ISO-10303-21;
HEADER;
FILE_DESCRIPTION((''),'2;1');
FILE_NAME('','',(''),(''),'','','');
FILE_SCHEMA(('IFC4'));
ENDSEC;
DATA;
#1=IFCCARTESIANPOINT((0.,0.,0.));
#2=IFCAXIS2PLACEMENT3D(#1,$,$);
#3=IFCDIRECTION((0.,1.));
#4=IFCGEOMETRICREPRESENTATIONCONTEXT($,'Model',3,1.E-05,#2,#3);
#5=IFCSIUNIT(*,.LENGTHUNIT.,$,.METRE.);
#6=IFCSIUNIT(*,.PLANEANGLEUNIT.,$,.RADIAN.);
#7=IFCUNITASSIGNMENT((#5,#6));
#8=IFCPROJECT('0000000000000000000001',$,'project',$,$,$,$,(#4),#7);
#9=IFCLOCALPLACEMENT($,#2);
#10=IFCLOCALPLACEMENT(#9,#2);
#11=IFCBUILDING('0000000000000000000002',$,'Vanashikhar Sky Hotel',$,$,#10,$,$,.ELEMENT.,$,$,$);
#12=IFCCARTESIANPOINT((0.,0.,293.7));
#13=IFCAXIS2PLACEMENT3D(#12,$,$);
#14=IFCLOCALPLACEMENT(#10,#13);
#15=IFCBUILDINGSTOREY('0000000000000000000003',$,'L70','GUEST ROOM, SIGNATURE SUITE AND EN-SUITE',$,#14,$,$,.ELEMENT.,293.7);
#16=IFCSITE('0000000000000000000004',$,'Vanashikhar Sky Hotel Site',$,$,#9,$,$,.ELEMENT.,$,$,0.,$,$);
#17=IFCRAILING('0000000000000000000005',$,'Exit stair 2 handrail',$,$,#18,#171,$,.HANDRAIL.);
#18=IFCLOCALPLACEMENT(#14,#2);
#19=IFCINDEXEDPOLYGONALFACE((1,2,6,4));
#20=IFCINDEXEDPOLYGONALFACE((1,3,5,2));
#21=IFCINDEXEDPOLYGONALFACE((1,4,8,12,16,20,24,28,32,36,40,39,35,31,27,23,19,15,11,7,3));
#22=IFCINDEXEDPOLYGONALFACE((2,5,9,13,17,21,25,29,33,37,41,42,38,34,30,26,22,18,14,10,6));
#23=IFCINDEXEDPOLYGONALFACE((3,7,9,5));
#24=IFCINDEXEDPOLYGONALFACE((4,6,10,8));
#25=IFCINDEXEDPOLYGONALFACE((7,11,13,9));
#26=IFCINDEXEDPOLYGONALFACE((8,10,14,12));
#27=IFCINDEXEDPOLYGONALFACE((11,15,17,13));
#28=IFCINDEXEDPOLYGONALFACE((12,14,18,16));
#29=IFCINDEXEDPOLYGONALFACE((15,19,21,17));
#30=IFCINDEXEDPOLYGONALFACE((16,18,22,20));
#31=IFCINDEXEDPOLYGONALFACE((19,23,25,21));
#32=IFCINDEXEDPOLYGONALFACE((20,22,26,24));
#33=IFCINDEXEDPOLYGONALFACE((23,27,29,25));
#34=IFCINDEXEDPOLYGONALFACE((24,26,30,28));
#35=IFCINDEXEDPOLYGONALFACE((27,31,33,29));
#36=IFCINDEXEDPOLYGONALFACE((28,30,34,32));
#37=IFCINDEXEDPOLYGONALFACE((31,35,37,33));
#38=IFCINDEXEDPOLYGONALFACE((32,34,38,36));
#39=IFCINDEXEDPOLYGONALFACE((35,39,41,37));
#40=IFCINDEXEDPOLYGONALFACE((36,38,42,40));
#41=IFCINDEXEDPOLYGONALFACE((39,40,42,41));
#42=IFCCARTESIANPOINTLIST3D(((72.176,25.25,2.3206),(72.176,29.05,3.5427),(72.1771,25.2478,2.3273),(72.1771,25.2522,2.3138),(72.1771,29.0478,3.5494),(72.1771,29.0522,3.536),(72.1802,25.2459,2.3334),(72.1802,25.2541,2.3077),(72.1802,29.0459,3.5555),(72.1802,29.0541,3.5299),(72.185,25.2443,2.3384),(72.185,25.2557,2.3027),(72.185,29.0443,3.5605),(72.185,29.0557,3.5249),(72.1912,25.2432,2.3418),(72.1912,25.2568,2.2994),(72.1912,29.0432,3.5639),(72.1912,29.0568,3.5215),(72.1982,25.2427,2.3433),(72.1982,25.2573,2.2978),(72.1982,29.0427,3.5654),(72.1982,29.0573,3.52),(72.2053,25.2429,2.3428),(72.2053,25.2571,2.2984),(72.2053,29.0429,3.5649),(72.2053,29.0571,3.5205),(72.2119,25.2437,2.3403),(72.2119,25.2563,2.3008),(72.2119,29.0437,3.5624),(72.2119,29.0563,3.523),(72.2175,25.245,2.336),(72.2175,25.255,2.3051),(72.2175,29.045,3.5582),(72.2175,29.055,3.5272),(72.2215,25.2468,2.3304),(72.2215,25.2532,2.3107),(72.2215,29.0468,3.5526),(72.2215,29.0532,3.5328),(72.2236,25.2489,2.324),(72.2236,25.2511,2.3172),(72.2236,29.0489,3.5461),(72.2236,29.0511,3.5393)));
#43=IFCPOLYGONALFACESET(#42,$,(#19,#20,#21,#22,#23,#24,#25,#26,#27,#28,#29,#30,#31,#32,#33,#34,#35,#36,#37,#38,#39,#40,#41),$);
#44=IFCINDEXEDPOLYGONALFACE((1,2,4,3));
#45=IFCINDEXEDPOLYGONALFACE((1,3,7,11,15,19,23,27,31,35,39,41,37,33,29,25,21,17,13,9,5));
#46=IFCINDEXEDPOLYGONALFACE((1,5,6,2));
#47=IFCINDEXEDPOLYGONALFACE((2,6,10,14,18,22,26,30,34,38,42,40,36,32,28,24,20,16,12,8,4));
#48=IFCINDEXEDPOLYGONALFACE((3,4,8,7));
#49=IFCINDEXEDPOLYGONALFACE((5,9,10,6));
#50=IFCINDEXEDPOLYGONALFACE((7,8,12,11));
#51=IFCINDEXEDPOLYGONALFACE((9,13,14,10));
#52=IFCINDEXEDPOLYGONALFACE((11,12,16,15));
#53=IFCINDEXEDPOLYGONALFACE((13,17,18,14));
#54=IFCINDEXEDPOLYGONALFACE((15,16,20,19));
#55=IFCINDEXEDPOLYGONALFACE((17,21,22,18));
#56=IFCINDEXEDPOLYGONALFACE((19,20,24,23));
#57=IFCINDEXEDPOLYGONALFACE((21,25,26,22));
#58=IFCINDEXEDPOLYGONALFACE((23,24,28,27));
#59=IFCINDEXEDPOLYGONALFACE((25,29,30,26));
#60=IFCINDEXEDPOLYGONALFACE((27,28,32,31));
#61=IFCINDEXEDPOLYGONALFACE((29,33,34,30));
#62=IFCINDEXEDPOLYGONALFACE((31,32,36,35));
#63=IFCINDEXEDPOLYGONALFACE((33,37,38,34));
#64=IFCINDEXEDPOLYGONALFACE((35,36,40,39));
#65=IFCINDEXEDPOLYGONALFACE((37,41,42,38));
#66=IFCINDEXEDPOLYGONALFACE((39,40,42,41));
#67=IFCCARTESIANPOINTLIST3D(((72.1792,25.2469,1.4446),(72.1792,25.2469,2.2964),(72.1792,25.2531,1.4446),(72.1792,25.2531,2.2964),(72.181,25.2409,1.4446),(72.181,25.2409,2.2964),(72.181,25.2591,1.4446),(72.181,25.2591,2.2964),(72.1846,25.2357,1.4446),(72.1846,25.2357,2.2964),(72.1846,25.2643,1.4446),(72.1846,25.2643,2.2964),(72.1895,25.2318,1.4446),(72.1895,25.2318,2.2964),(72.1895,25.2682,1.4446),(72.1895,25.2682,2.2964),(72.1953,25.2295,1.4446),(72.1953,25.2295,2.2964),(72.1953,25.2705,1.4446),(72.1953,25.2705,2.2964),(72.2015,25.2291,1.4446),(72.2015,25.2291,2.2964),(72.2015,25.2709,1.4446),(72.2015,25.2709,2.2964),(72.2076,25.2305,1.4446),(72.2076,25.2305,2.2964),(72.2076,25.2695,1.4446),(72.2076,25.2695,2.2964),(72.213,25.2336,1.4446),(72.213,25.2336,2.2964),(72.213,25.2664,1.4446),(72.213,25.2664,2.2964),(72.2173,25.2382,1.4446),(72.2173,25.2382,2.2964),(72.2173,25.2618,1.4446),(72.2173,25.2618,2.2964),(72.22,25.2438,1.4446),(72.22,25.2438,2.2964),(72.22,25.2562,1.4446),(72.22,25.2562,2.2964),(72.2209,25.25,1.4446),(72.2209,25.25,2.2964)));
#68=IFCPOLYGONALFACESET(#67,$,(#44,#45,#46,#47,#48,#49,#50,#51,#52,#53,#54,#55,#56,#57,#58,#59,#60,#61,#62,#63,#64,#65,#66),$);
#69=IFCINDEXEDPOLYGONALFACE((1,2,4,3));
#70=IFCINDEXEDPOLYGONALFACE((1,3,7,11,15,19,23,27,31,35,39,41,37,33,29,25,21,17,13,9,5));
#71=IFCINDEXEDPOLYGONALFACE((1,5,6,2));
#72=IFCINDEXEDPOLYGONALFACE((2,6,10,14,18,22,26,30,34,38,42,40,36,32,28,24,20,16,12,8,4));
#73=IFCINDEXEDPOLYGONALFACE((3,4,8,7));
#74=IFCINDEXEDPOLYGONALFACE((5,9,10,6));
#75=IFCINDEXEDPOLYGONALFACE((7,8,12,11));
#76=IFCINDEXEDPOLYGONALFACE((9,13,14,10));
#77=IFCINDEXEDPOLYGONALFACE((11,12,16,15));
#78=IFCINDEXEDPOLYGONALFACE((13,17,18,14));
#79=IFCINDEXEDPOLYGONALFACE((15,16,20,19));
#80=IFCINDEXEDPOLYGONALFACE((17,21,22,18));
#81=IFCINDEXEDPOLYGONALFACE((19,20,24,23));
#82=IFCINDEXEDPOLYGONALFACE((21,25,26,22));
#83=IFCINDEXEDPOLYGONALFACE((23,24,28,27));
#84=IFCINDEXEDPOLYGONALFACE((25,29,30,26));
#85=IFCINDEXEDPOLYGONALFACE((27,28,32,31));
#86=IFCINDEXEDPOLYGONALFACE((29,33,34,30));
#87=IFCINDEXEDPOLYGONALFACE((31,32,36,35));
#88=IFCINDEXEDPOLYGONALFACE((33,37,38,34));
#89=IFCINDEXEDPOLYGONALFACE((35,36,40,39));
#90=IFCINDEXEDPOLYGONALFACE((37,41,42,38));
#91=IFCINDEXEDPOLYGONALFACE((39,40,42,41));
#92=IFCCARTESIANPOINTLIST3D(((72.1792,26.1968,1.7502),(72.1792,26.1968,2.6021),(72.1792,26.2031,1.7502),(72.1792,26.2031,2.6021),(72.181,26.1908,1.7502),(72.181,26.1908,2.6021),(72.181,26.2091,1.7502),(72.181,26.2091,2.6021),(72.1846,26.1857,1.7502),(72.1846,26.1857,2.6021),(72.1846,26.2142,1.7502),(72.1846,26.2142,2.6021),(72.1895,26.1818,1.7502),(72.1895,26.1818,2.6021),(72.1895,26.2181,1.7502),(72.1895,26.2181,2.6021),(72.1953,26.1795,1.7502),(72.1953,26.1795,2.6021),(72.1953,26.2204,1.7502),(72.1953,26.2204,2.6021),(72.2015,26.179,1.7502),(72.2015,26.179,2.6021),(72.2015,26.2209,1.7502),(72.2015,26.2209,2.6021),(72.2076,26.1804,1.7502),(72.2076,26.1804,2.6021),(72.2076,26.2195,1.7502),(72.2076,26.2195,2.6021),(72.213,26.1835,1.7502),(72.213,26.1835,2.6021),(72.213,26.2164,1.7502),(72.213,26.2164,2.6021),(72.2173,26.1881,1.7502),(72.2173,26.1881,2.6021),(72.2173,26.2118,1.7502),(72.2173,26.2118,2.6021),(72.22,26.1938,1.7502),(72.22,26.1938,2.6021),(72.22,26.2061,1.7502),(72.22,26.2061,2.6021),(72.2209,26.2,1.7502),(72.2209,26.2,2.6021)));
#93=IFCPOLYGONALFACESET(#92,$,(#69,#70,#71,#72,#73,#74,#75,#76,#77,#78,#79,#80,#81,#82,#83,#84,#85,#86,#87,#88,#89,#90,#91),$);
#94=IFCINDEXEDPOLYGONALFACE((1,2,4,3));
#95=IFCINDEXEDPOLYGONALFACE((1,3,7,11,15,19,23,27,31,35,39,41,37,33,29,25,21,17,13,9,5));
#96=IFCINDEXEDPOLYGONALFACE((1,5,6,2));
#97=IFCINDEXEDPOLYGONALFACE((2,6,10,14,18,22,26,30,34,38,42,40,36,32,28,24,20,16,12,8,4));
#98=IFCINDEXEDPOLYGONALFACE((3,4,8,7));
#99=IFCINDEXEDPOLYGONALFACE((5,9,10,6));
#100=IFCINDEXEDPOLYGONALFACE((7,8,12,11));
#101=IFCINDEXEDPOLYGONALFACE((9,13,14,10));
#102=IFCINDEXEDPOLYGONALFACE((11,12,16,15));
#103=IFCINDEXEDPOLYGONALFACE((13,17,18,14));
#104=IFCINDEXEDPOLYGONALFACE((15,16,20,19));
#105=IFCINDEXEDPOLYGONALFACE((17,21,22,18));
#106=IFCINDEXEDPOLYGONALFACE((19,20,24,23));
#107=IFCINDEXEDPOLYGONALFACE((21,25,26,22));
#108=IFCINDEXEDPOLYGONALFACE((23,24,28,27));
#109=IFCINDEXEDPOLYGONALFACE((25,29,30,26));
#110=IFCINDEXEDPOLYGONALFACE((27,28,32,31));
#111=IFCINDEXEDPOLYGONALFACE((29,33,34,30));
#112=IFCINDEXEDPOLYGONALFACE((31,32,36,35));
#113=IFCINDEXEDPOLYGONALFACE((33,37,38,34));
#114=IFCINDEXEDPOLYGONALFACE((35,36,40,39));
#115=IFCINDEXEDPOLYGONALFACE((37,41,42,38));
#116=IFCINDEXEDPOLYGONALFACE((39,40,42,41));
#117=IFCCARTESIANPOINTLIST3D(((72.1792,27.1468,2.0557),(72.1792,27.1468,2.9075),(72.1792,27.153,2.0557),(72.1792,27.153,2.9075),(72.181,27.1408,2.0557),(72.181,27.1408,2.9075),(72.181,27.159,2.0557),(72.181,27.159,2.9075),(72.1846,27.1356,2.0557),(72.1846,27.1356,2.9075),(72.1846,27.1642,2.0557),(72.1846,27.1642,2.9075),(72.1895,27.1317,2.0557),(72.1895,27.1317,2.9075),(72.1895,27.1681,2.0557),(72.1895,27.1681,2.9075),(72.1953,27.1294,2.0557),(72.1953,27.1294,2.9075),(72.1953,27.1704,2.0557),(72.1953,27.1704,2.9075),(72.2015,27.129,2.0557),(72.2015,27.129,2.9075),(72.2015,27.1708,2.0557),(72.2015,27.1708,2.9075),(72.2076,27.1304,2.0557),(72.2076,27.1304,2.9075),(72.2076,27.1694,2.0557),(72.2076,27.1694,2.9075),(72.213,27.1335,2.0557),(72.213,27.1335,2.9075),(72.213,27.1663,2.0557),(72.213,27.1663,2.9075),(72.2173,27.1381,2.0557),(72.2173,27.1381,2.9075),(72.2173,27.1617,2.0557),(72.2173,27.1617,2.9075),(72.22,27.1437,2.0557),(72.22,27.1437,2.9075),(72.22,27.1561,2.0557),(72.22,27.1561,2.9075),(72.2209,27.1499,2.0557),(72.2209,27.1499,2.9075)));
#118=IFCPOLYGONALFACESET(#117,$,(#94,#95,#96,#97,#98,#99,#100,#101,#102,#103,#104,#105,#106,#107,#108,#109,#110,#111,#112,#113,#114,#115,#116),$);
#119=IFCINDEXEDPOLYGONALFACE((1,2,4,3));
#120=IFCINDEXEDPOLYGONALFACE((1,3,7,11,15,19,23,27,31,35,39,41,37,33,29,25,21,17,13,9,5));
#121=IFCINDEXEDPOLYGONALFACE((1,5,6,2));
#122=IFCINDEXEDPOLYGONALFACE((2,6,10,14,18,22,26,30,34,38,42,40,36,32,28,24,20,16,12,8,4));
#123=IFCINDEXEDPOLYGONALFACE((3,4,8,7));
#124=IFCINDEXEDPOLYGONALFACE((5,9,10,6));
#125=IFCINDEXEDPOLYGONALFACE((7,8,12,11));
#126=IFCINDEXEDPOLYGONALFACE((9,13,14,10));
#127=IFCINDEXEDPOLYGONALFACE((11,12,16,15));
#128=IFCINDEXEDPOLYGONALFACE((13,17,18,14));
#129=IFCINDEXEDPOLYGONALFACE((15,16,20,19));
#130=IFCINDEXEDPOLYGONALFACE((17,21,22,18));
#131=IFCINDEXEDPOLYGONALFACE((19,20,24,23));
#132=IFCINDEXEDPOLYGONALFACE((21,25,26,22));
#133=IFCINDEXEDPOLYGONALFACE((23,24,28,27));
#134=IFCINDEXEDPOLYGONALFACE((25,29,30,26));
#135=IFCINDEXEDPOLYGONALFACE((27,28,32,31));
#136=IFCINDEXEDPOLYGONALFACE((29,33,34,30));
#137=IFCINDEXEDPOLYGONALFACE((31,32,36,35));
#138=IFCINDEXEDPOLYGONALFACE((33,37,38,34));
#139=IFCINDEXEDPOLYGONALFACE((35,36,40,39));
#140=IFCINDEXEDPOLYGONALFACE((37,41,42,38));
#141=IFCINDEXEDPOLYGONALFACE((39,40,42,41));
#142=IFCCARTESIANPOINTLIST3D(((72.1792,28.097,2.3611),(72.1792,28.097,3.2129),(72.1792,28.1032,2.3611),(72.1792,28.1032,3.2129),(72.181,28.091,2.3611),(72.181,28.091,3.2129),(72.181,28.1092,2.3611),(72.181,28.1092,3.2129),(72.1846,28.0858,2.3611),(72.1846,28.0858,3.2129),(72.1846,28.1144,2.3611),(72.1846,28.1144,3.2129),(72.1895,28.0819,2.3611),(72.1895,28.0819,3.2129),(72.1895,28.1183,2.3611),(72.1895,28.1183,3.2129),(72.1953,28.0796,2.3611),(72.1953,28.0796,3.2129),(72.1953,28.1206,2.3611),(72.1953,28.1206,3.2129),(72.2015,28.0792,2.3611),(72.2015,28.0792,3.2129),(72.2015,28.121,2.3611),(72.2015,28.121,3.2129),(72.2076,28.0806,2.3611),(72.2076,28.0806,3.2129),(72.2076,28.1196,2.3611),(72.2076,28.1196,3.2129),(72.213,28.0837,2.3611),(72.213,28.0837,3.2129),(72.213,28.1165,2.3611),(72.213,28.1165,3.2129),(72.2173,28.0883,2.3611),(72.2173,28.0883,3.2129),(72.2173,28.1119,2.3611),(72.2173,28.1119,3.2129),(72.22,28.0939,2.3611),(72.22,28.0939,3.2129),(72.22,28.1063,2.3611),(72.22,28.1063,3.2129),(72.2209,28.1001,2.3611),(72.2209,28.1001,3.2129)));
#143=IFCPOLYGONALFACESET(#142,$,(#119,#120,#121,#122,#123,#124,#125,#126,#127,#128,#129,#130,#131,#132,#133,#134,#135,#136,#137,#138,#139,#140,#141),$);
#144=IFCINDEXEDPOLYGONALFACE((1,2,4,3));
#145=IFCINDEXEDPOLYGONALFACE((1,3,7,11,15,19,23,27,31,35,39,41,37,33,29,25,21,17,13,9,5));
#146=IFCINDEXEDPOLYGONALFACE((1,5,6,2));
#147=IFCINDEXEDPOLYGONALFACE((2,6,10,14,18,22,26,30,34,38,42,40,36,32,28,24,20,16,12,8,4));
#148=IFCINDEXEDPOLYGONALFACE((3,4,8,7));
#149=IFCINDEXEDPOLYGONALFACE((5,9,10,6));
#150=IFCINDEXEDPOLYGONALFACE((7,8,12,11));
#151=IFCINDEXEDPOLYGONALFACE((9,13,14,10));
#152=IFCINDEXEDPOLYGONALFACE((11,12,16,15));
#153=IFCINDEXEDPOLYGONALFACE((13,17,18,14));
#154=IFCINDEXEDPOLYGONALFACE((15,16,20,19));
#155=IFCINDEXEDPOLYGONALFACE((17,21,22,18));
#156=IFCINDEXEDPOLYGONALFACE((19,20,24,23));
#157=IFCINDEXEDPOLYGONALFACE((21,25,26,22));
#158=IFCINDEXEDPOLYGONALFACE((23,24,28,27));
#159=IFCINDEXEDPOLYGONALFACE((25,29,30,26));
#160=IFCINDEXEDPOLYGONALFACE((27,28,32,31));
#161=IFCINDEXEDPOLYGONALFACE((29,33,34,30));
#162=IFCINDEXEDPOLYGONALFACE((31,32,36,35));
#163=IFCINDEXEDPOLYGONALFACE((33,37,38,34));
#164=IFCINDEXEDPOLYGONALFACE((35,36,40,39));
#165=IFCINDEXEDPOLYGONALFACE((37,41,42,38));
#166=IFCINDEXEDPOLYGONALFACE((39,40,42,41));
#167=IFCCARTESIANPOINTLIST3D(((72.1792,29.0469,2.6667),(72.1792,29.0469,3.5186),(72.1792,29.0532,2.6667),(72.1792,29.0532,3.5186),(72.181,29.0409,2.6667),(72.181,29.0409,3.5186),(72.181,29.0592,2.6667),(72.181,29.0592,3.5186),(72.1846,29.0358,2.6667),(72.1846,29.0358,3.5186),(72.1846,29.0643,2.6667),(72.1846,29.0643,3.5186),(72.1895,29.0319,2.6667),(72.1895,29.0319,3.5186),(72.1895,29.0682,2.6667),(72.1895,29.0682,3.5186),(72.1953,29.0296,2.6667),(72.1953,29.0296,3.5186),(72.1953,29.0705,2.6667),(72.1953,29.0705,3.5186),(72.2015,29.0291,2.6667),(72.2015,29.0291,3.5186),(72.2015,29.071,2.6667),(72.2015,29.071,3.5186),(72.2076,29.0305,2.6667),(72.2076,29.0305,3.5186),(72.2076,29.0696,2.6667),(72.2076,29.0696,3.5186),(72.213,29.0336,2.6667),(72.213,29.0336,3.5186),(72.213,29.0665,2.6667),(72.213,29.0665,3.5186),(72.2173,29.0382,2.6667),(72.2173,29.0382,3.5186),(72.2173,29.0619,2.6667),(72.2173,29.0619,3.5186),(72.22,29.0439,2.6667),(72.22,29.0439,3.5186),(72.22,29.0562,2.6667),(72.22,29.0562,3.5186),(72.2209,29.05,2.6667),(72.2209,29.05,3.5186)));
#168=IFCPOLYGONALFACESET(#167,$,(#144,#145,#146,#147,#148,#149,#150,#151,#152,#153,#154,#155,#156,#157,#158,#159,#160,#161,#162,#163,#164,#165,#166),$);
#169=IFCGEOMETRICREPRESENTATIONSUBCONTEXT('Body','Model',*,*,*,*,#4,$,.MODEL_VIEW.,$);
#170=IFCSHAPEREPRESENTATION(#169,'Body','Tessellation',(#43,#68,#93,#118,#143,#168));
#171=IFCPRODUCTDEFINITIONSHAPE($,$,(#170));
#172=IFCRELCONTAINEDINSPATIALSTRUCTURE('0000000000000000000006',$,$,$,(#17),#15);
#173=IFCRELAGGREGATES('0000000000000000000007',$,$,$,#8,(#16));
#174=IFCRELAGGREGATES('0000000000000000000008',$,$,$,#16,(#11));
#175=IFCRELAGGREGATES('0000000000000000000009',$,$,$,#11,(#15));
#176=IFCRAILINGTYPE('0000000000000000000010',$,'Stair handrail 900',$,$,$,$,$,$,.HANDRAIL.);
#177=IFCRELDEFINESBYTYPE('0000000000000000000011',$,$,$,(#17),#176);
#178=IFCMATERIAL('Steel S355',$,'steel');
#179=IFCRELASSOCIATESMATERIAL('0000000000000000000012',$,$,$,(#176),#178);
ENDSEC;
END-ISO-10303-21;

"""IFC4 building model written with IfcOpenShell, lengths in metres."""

from ifc_helpers import new_model, si_unit, direction, frame, origin, origin_2d, place, context, subcontext, project, spatial, circle, extrude, source, transform, mapped, material, type_object, element, save


model = new_model("IFC4")

# Units and contexts
model_context = context("Model", 3, precision=1e-05, world=origin(), true_north=direction((0.0, 1.0)))
body_context = subcontext(model_context, "Body", "Model", "MODEL_VIEW")
ifc_project = project(units=[si_unit("LENGTHUNIT", "METRE"), si_unit("PLANEANGLEUNIT", "RADIAN")], contexts=[model_context])

# Site, building, storey
site_placement = place(None, origin())
site = spatial("IfcSite", under=ifc_project, at=site_placement, Name="Vanashikhar Sky Hotel Site", CompositionType="ELEMENT", RefElevation=0.0)
building_placement = place(site_placement, origin())
building = spatial("IfcBuilding", under=site, at=building_placement, Name="Vanashikhar Sky Hotel", CompositionType="ELEMENT")
storey_placement = place(building_placement, frame((0.0, 0.0, 293.7)))
storey = spatial("IfcBuildingStorey", under=building, at=storey_placement, Name="L70", Description="GUEST ROOM, SIGNATURE SUITE AND EN-SUITE", CompositionType="ELEMENT", Elevation=293.7)

# Railing
ifc_material_1 = material(Name="Steel S355", Category="steel")
railing_type_1 = type_object("IfcRailingType", Name="Stair handrail 900", PredefinedType="HANDRAIL", material=ifc_material_1)
shared_shape_1 = source(origin(), body_context, "Body", "SweptSolid", [
    extrude(circle(Radius=0.0239, at=origin_2d()), frame((0.0, 0.0, 0.876), z_axis=(0.0, 0.951976, 0.306173), x_axis=(-1.0, 0.0, 0.0)), (0.0, 0.0, 1.0), 3.9917),
    extrude(circle(Radius=0.021, at=origin_2d()), origin(), (0.0, 0.0, 1.0), 0.8518),
    extrude(circle(Radius=0.021, at=origin_2d()), frame((0.0, 0.95, 0.3057)), (0.0, 0.0, 1.0), 0.8518),
    extrude(circle(Radius=0.021, at=origin_2d()), frame((0.0, 1.8999, 0.6111)), (0.0, 0.0, 1.0), 0.8518),
    extrude(circle(Radius=0.021, at=origin_2d()), frame((0.0, 2.8501, 0.9165)), (0.0, 0.0, 1.0), 0.8518),
    extrude(circle(Radius=0.021, at=origin_2d()), frame((0.0, 3.8, 1.2222)), (0.0, 0.0, 1.0), 0.8518),
])
railing_1_placement = place(storey_placement, frame((72.2, 25.25, 1.4446)))
element("IfcRailing", 1, at=railing_1_placement, inside=storey, type_object=railing_type_1, Name="Exit stair 2 handrail", PredefinedType="HANDRAIL", context=body_context, shape_type="MappedRepresentation", body=[
    mapped(shared_shape_1, transform((0.0, 0.0, 0.0), scale=1.0)),
])

save(model, "model.ifc")
